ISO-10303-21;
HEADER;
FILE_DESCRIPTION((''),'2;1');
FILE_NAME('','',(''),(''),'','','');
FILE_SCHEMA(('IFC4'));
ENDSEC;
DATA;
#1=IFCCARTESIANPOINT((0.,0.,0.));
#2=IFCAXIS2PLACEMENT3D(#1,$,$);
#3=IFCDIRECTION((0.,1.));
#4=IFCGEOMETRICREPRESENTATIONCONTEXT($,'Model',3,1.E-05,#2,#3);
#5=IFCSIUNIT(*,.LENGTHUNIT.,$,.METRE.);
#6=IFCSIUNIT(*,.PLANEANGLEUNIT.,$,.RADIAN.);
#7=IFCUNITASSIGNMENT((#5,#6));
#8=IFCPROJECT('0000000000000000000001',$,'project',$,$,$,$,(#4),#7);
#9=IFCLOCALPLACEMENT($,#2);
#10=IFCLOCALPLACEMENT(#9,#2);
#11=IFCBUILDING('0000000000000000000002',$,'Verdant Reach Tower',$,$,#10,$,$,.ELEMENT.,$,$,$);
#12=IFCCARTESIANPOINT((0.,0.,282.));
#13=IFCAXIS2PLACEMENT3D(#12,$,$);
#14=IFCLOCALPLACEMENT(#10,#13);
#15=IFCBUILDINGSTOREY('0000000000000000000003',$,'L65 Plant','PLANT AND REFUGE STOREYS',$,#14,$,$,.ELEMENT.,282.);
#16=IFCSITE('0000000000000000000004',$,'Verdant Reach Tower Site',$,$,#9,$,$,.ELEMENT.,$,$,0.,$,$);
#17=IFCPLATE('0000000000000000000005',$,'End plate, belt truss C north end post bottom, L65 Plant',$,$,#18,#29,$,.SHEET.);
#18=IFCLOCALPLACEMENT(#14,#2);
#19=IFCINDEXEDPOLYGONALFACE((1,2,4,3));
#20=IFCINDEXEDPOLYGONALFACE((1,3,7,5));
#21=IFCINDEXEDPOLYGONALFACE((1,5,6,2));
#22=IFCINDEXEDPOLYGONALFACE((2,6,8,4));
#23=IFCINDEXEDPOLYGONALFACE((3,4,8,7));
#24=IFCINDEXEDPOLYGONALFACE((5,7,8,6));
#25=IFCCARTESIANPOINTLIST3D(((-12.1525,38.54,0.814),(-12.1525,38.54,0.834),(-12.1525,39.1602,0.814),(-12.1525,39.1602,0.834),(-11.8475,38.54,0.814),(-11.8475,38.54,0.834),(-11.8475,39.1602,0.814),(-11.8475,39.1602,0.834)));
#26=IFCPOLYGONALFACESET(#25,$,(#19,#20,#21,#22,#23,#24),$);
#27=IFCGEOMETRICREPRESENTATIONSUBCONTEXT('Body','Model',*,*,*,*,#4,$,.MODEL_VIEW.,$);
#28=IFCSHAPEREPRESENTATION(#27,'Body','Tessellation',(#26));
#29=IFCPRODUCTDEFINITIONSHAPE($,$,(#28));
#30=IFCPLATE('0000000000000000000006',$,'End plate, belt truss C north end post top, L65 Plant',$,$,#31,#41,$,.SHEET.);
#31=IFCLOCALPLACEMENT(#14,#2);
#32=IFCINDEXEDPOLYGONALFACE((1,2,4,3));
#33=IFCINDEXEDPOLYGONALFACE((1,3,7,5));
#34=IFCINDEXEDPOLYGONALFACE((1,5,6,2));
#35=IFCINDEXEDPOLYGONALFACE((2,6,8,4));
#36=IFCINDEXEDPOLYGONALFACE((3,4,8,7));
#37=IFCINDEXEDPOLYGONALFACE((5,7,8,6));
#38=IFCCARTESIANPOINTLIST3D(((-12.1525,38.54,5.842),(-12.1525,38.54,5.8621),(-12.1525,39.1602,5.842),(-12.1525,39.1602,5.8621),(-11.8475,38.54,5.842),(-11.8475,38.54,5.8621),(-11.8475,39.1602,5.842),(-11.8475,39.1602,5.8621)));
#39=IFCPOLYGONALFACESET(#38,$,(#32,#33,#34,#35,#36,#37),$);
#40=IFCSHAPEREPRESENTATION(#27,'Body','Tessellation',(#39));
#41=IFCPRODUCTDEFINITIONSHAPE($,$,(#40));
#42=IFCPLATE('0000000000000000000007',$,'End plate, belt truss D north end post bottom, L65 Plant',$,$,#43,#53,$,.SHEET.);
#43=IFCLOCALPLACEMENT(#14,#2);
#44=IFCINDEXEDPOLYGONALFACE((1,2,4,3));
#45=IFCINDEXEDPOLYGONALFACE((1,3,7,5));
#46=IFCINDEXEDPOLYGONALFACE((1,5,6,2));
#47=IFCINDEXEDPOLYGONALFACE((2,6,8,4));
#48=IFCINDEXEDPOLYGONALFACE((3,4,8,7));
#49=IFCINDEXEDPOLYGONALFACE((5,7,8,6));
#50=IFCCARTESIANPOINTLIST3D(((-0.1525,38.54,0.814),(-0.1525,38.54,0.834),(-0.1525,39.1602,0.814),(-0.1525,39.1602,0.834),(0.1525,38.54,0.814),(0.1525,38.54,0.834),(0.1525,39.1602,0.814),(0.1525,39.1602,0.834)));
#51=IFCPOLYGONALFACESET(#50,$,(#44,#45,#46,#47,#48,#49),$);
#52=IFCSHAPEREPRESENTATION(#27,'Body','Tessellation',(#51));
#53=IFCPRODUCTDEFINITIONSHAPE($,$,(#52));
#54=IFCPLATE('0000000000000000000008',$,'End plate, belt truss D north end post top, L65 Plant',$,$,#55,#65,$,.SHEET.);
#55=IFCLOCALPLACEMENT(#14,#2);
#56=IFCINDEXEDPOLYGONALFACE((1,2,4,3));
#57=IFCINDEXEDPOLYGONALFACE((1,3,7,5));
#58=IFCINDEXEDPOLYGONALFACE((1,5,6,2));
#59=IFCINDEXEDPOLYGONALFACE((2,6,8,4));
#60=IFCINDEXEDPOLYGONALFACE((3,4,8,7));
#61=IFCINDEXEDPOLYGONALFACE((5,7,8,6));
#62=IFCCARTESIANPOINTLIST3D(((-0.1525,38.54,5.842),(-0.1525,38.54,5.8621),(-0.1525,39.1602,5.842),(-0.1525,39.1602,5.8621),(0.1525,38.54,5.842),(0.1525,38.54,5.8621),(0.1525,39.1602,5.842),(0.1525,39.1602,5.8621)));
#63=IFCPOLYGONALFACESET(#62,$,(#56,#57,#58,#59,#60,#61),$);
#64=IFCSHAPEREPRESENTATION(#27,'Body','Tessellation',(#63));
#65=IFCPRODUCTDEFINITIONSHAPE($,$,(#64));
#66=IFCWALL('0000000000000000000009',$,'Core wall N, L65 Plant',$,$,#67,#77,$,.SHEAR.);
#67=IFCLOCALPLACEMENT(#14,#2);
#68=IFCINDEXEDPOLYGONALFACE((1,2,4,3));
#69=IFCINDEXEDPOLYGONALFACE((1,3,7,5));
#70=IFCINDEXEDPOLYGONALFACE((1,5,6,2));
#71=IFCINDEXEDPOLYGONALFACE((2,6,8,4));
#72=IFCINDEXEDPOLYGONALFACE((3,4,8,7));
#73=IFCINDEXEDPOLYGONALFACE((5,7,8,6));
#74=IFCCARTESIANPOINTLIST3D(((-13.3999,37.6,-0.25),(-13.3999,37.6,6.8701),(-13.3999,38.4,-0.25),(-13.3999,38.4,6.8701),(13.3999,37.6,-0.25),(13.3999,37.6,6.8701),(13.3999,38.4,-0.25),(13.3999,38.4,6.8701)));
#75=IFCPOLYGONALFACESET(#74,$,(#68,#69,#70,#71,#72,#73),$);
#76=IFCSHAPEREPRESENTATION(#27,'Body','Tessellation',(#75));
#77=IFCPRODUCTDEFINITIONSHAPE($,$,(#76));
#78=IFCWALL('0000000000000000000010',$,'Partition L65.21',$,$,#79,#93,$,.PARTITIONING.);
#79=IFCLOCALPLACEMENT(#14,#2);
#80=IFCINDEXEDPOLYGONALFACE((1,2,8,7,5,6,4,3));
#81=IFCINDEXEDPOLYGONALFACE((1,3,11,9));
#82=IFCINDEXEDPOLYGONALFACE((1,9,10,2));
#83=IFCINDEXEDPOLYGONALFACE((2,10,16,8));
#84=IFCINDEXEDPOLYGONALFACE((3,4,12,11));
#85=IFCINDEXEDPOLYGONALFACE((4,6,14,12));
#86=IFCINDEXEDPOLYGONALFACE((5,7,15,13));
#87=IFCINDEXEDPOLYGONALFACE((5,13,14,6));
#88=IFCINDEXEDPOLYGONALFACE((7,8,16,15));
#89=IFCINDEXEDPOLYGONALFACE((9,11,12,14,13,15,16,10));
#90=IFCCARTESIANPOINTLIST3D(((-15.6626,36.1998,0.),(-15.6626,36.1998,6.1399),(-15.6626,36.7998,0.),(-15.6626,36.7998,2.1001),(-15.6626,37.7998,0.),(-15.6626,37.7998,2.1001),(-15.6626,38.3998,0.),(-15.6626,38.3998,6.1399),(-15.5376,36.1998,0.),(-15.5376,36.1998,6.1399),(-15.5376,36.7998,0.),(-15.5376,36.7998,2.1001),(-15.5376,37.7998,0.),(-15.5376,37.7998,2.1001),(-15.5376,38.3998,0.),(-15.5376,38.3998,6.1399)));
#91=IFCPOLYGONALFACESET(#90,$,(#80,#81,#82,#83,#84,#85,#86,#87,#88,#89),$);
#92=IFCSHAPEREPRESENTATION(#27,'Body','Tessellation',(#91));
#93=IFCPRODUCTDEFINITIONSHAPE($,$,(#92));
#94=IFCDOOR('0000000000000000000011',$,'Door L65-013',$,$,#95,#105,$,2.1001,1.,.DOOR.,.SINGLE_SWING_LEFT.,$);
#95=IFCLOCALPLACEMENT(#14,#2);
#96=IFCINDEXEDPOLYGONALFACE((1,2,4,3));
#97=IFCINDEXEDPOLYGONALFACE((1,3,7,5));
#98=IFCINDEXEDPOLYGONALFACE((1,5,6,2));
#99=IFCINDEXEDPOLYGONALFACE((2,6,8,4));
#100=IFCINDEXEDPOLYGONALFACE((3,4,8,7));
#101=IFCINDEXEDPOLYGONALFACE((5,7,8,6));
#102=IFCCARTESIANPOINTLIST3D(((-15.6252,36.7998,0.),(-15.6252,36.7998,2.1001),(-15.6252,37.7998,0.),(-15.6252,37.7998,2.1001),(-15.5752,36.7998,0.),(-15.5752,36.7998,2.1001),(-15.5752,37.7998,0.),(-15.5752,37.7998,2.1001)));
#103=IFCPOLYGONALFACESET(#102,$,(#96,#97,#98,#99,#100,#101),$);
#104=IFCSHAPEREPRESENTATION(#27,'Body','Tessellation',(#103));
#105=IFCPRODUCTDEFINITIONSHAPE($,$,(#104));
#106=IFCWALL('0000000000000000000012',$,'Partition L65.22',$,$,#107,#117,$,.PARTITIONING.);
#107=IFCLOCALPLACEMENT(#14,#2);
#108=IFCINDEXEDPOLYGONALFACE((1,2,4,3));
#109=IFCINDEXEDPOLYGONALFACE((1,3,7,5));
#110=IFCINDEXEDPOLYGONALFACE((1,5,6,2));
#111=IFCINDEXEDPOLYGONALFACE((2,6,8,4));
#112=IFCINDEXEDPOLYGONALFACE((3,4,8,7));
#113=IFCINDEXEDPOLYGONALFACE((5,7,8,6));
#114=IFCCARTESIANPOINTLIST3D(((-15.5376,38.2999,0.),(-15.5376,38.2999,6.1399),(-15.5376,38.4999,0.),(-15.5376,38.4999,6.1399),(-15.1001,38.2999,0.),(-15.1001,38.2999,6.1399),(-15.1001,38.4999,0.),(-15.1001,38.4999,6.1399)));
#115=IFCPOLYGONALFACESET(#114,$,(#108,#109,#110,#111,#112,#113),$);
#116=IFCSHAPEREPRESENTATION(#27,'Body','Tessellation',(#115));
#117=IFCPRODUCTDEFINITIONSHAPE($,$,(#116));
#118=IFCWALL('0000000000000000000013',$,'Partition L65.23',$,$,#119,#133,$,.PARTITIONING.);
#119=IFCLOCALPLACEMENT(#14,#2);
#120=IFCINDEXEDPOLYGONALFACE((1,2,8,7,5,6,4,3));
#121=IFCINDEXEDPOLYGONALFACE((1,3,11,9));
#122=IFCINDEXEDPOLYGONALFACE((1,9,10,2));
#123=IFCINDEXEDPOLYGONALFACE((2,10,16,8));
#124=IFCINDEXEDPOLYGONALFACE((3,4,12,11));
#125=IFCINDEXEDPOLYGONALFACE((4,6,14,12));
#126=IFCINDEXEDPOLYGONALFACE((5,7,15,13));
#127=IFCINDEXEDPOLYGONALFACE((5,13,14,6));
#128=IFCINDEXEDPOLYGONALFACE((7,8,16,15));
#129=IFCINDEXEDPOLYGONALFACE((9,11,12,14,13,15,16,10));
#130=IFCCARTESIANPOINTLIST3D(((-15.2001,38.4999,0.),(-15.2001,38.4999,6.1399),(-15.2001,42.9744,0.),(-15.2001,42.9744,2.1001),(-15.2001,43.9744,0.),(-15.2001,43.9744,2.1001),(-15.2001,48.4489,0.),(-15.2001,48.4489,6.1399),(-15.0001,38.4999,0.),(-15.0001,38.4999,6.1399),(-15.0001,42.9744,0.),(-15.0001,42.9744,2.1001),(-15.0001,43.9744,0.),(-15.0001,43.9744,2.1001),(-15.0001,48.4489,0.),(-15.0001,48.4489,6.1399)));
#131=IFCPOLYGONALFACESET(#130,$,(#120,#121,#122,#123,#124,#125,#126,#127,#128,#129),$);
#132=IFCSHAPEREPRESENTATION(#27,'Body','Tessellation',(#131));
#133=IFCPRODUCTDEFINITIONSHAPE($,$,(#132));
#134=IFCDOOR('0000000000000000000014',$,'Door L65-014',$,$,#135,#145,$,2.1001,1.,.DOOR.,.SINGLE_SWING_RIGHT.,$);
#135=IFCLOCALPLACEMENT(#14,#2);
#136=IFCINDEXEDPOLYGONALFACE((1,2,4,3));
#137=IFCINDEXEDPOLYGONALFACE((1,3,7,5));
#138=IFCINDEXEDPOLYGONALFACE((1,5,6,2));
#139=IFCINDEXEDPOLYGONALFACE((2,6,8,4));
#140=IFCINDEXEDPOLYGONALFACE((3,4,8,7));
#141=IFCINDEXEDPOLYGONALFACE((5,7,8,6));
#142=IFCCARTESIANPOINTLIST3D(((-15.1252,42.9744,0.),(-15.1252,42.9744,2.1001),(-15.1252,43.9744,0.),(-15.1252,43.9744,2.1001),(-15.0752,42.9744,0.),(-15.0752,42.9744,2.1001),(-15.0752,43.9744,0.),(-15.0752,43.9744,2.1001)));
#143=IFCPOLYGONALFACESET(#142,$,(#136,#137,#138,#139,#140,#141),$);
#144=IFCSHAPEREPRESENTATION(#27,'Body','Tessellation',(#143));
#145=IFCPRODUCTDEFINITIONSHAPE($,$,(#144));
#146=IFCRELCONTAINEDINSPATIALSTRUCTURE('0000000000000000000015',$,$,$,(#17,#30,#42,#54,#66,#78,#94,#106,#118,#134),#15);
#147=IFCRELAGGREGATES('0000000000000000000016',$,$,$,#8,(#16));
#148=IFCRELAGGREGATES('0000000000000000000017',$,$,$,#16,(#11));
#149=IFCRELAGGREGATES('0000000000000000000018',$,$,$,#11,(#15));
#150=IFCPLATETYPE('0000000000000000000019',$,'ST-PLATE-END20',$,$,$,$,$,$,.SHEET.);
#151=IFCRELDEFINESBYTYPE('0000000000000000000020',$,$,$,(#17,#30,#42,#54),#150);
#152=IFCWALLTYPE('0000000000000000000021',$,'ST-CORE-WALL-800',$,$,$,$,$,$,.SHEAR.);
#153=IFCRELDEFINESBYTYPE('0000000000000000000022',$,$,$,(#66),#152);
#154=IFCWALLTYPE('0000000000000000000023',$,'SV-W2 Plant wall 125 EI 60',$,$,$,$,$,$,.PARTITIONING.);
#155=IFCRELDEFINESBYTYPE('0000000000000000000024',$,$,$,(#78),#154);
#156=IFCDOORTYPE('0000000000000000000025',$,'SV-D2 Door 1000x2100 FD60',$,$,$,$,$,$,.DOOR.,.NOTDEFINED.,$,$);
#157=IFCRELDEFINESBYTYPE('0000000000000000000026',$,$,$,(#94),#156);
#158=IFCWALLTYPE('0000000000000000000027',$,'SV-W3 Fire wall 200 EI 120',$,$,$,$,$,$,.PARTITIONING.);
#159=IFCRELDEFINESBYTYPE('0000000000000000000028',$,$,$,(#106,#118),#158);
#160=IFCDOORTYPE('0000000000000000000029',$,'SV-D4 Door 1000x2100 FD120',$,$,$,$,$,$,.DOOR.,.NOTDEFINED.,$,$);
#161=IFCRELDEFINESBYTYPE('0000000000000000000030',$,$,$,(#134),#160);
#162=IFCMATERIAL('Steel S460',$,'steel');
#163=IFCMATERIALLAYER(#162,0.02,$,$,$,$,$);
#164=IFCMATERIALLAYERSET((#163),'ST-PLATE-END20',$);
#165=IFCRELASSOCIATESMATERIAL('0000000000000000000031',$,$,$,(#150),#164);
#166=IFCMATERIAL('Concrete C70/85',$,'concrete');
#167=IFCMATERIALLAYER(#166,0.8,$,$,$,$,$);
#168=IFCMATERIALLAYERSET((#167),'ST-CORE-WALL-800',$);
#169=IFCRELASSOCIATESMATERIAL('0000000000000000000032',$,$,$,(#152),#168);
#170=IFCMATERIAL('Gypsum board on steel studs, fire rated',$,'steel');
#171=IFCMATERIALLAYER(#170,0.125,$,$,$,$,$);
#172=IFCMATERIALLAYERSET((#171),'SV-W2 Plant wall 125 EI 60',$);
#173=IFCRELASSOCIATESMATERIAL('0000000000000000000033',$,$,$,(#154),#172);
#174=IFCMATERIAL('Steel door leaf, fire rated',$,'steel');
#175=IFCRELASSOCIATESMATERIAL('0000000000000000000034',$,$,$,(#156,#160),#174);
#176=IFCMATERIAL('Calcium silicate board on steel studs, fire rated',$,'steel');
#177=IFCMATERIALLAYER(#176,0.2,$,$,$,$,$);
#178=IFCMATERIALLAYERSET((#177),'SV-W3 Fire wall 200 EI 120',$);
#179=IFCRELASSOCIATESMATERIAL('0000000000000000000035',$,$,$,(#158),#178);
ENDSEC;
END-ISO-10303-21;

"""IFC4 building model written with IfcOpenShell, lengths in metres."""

from ifc_helpers import new_model, si_unit, direction, frame, frame_2d, origin, origin_2d, place, context, subcontext, project, spatial, rectangle, extrude, material, layer, layer_set, type_object, element, fill, save


model = new_model("IFC4")

# Units and contexts
model_context = context("Model", 3, precision=1e-05, world=origin(), true_north=direction((0.0, 1.0)))
body_context = subcontext(model_context, "Body", "Model", "MODEL_VIEW")
ifc_project = project(units=[si_unit("LENGTHUNIT", "METRE"), si_unit("PLANEANGLEUNIT", "RADIAN")], contexts=[model_context])

# Site, building, storey
site_placement = place(None, origin())
site = spatial("IfcSite", under=ifc_project, at=site_placement, Name="Verdant Reach Tower Site", CompositionType="ELEMENT", RefElevation=0.0)
building_placement = place(site_placement, origin())
building = spatial("IfcBuilding", under=site, at=building_placement, Name="Verdant Reach Tower", CompositionType="ELEMENT")
storey_placement = place(building_placement, frame((0.0, 0.0, 282.0)))
storey = spatial("IfcBuildingStorey", under=building, at=storey_placement, Name="L65 Plant", Description="PLANT AND REFUGE STOREYS", CompositionType="ELEMENT", Elevation=282.0)

# Shared definitions
ifc_material_1 = material(Name="Steel S460", Category="steel")

# Plates
ifc_layer_1 = layer(ifc_material_1, 0.02)
ifc_layer_set_1 = layer_set([ifc_layer_1], Name="ST-PLATE-END20")
plate_type_1 = type_object("IfcPlateType", Name="ST-PLATE-END20", PredefinedType="SHEET", material=ifc_layer_set_1)
for number, where, z_axis, x_axis, name in (
    (1, (-12.0, 38.8501, 0.814), (0.0, 0.0, 1.0), (1.0, 0.0, 0.0), "End plate, belt truss C north end post bottom, L65 Plant"),
    (2, (-12.0, 38.8501, 5.842), (0.0, 0.0, 1.0), (1.0, 0.0, 0.0), "End plate, belt truss C north end post top, L65 Plant"),
    (3, (0.0, 38.8501, 0.814), (0.0, 0.0, 1.0), (1.0, 0.0, 0.0), "End plate, belt truss D north end post bottom, L65 Plant"),
    (4, (0.0, 38.8501, 5.842), (0.0, 0.0, 1.0), (1.0, 0.0, 0.0), "End plate, belt truss D north end post top, L65 Plant"),
):
    element("IfcPlate", number, at=place(storey_placement, frame(where, z_axis=z_axis, x_axis=x_axis)), inside=storey, type_object=plate_type_1, Name=name, PredefinedType="SHEET", context=body_context, shape_type="SweptSolid", body=[
        extrude(rectangle(XDim=0.3049, YDim=0.6201, at=origin_2d()), origin(), (0.0, 0.0, 1.0), 0.02),
    ])

# Wall
ifc_material_2 = material(Name="Concrete C70/85", Category="concrete")
ifc_layer_2 = layer(ifc_material_2, 0.8)
ifc_layer_set_2 = layer_set([ifc_layer_2], Name="ST-CORE-WALL-800")
wall_type_1 = type_object("IfcWallType", Name="ST-CORE-WALL-800", PredefinedType="SHEAR", material=ifc_layer_set_2)
wall_1_placement = place(storey_placement, frame((-13.3999, 38.0, -0.25), z_axis=(0.0, 0.0, 1.0), x_axis=(1.0, 0.0, 0.0)))
element("IfcWall", 5, at=wall_1_placement, inside=storey, type_object=wall_type_1, Name="Core wall N, L65 Plant", PredefinedType="SHEAR", context=body_context, shape_type="SweptSolid", body=[
    extrude(rectangle(XDim=26.7998, YDim=0.8, at=frame_2d((13.3999, 0.0))), origin(), (0.0, 0.0, 1.0), 7.1201),
])

# Wall, opening, door
ifc_material_3 = material(Name="Gypsum board on steel studs, fire rated", Category="steel")
ifc_layer_3 = layer(ifc_material_3, 0.125)
ifc_layer_set_3 = layer_set([ifc_layer_3], Name="SV-W2 Plant wall 125 EI 60")
wall_type_2 = type_object("IfcWallType", Name="SV-W2 Plant wall 125 EI 60", PredefinedType="PARTITIONING", material=ifc_layer_set_3)
wall_2_placement = place(storey_placement, frame((-15.6001, 38.3999, 0.0), z_axis=(0.0, 0.0, 1.0), x_axis=(0.0, -1.0, 0.0)))
wall_2 = element("IfcWall", 6, at=wall_2_placement, inside=storey, type_object=wall_type_2, Name="Partition L65.21", PredefinedType="PARTITIONING", context=body_context, shape_type="SweptSolid", body=[
    extrude(rectangle(XDim=2.2, YDim=0.125, at=frame_2d((1.1001, 0.0))), origin(), (0.0, 0.0, 1.0), 6.1399),
])
opening_1_placement = place(wall_2_placement, frame((0.6001, 0.0, 0.0)))
opening_1 = element("IfcOpeningElement", 7, at=opening_1_placement, cuts=wall_2, PredefinedType="OPENING", context=body_context, shape_type="SweptSolid", body=[
    extrude(rectangle(XDim=1.0, YDim=2.1001, at=frame_2d((0.5, 1.05))), frame((0.0, 0.0725, 0.0), z_axis=(0.0, -1.0, 0.0), x_axis=(1.0, 0.0, 0.0)), (0.0, 0.0, 1.0), 0.145),
])
ifc_material_4 = material(Name="Steel door leaf, fire rated", Category="steel")
door_type_1 = type_object("IfcDoorType", Name="SV-D2 Door 1000x2100 FD60", OperationType="NOTDEFINED", PredefinedType="DOOR", material=ifc_material_4)
door_1_placement = place(opening_1_placement, origin())
door_1 = element("IfcDoor", 8, at=door_1_placement, inside=storey, type_object=door_type_1, Name="Door L65-013", OperationType="SINGLE_SWING_LEFT", OverallHeight=2.1001, OverallWidth=1.0, PredefinedType="DOOR", context=body_context, shape_type="SweptSolid", body=[
    extrude(rectangle(XDim=1.0, YDim=2.1001, at=frame_2d((0.5, 1.05))), frame((0.0, 0.0249, 0.0), z_axis=(0.0, -1.0, 0.0), x_axis=(1.0, 0.0, 0.0)), (0.0, 0.0, 1.0), 0.05),
])
fill(opening_1, door_1)

# Wall
ifc_material_5 = material(Name="Calcium silicate board on steel studs, fire rated", Category="steel")
ifc_layer_4 = layer(ifc_material_5, 0.2)
ifc_layer_set_4 = layer_set([ifc_layer_4], Name="SV-W3 Fire wall 200 EI 120")
wall_type_3 = type_object("IfcWallType", Name="SV-W3 Fire wall 200 EI 120", PredefinedType="PARTITIONING", material=ifc_layer_set_4)
wall_3_placement = place(storey_placement, frame((-15.5376, 38.3999, 0.0), z_axis=(0.0, 0.0, 1.0), x_axis=(1.0, 0.0, 0.0)))
element("IfcWall", 9, at=wall_3_placement, inside=storey, type_object=wall_type_3, Name="Partition L65.22", PredefinedType="PARTITIONING", context=body_context, shape_type="SweptSolid", body=[
    extrude(rectangle(XDim=0.4375, YDim=0.2, at=frame_2d((0.2188, 0.0))), origin(), (0.0, 0.0, 1.0), 6.1399),
])

# Wall, opening, door
wall_4_placement = place(storey_placement, frame((-15.1001, 48.449, 0.0), z_axis=(0.0, 0.0, 1.0), x_axis=(0.0, -1.0, 0.0)))
wall_4 = element("IfcWall", 10, at=wall_4_placement, inside=storey, type_object=wall_type_3, Name="Partition L65.23", PredefinedType="PARTITIONING", context=body_context, shape_type="SweptSolid", body=[
    extrude(rectangle(XDim=9.949, YDim=0.2, at=frame_2d((4.9746, 0.0))), origin(), (0.0, 0.0, 1.0), 6.1399),
])
opening_2_placement = place(wall_4_placement, frame((4.4746, 0.0, 0.0)))
opening_2 = element("IfcOpeningElement", 11, at=opening_2_placement, cuts=wall_4, PredefinedType="OPENING", context=body_context, shape_type="SweptSolid", body=[
    extrude(rectangle(XDim=1.0, YDim=2.1001, at=frame_2d((0.5, 1.05))), frame((0.0, 0.1099, 0.0), z_axis=(0.0, -1.0, 0.0), x_axis=(1.0, 0.0, 0.0)), (0.0, 0.0, 1.0), 0.22),
])
door_type_2 = type_object("IfcDoorType", Name="SV-D4 Door 1000x2100 FD120", OperationType="NOTDEFINED", PredefinedType="DOOR", material=ifc_material_4)
door_2_placement = place(opening_2_placement, origin())
door_2 = element("IfcDoor", 12, at=door_2_placement, inside=storey, type_object=door_type_2, Name="Door L65-014", OperationType="SINGLE_SWING_RIGHT", OverallHeight=2.1001, OverallWidth=1.0, PredefinedType="DOOR", context=body_context, shape_type="SweptSolid", body=[
    extrude(rectangle(XDim=1.0, YDim=2.1001, at=frame_2d((0.5, 1.05))), frame((0.0, 0.0249, 0.0), z_axis=(0.0, -1.0, 0.0), x_axis=(1.0, 0.0, 0.0)), (0.0, 0.0, 1.0), 0.05),
])
fill(opening_2, door_2)

save(model, "model.ifc")
